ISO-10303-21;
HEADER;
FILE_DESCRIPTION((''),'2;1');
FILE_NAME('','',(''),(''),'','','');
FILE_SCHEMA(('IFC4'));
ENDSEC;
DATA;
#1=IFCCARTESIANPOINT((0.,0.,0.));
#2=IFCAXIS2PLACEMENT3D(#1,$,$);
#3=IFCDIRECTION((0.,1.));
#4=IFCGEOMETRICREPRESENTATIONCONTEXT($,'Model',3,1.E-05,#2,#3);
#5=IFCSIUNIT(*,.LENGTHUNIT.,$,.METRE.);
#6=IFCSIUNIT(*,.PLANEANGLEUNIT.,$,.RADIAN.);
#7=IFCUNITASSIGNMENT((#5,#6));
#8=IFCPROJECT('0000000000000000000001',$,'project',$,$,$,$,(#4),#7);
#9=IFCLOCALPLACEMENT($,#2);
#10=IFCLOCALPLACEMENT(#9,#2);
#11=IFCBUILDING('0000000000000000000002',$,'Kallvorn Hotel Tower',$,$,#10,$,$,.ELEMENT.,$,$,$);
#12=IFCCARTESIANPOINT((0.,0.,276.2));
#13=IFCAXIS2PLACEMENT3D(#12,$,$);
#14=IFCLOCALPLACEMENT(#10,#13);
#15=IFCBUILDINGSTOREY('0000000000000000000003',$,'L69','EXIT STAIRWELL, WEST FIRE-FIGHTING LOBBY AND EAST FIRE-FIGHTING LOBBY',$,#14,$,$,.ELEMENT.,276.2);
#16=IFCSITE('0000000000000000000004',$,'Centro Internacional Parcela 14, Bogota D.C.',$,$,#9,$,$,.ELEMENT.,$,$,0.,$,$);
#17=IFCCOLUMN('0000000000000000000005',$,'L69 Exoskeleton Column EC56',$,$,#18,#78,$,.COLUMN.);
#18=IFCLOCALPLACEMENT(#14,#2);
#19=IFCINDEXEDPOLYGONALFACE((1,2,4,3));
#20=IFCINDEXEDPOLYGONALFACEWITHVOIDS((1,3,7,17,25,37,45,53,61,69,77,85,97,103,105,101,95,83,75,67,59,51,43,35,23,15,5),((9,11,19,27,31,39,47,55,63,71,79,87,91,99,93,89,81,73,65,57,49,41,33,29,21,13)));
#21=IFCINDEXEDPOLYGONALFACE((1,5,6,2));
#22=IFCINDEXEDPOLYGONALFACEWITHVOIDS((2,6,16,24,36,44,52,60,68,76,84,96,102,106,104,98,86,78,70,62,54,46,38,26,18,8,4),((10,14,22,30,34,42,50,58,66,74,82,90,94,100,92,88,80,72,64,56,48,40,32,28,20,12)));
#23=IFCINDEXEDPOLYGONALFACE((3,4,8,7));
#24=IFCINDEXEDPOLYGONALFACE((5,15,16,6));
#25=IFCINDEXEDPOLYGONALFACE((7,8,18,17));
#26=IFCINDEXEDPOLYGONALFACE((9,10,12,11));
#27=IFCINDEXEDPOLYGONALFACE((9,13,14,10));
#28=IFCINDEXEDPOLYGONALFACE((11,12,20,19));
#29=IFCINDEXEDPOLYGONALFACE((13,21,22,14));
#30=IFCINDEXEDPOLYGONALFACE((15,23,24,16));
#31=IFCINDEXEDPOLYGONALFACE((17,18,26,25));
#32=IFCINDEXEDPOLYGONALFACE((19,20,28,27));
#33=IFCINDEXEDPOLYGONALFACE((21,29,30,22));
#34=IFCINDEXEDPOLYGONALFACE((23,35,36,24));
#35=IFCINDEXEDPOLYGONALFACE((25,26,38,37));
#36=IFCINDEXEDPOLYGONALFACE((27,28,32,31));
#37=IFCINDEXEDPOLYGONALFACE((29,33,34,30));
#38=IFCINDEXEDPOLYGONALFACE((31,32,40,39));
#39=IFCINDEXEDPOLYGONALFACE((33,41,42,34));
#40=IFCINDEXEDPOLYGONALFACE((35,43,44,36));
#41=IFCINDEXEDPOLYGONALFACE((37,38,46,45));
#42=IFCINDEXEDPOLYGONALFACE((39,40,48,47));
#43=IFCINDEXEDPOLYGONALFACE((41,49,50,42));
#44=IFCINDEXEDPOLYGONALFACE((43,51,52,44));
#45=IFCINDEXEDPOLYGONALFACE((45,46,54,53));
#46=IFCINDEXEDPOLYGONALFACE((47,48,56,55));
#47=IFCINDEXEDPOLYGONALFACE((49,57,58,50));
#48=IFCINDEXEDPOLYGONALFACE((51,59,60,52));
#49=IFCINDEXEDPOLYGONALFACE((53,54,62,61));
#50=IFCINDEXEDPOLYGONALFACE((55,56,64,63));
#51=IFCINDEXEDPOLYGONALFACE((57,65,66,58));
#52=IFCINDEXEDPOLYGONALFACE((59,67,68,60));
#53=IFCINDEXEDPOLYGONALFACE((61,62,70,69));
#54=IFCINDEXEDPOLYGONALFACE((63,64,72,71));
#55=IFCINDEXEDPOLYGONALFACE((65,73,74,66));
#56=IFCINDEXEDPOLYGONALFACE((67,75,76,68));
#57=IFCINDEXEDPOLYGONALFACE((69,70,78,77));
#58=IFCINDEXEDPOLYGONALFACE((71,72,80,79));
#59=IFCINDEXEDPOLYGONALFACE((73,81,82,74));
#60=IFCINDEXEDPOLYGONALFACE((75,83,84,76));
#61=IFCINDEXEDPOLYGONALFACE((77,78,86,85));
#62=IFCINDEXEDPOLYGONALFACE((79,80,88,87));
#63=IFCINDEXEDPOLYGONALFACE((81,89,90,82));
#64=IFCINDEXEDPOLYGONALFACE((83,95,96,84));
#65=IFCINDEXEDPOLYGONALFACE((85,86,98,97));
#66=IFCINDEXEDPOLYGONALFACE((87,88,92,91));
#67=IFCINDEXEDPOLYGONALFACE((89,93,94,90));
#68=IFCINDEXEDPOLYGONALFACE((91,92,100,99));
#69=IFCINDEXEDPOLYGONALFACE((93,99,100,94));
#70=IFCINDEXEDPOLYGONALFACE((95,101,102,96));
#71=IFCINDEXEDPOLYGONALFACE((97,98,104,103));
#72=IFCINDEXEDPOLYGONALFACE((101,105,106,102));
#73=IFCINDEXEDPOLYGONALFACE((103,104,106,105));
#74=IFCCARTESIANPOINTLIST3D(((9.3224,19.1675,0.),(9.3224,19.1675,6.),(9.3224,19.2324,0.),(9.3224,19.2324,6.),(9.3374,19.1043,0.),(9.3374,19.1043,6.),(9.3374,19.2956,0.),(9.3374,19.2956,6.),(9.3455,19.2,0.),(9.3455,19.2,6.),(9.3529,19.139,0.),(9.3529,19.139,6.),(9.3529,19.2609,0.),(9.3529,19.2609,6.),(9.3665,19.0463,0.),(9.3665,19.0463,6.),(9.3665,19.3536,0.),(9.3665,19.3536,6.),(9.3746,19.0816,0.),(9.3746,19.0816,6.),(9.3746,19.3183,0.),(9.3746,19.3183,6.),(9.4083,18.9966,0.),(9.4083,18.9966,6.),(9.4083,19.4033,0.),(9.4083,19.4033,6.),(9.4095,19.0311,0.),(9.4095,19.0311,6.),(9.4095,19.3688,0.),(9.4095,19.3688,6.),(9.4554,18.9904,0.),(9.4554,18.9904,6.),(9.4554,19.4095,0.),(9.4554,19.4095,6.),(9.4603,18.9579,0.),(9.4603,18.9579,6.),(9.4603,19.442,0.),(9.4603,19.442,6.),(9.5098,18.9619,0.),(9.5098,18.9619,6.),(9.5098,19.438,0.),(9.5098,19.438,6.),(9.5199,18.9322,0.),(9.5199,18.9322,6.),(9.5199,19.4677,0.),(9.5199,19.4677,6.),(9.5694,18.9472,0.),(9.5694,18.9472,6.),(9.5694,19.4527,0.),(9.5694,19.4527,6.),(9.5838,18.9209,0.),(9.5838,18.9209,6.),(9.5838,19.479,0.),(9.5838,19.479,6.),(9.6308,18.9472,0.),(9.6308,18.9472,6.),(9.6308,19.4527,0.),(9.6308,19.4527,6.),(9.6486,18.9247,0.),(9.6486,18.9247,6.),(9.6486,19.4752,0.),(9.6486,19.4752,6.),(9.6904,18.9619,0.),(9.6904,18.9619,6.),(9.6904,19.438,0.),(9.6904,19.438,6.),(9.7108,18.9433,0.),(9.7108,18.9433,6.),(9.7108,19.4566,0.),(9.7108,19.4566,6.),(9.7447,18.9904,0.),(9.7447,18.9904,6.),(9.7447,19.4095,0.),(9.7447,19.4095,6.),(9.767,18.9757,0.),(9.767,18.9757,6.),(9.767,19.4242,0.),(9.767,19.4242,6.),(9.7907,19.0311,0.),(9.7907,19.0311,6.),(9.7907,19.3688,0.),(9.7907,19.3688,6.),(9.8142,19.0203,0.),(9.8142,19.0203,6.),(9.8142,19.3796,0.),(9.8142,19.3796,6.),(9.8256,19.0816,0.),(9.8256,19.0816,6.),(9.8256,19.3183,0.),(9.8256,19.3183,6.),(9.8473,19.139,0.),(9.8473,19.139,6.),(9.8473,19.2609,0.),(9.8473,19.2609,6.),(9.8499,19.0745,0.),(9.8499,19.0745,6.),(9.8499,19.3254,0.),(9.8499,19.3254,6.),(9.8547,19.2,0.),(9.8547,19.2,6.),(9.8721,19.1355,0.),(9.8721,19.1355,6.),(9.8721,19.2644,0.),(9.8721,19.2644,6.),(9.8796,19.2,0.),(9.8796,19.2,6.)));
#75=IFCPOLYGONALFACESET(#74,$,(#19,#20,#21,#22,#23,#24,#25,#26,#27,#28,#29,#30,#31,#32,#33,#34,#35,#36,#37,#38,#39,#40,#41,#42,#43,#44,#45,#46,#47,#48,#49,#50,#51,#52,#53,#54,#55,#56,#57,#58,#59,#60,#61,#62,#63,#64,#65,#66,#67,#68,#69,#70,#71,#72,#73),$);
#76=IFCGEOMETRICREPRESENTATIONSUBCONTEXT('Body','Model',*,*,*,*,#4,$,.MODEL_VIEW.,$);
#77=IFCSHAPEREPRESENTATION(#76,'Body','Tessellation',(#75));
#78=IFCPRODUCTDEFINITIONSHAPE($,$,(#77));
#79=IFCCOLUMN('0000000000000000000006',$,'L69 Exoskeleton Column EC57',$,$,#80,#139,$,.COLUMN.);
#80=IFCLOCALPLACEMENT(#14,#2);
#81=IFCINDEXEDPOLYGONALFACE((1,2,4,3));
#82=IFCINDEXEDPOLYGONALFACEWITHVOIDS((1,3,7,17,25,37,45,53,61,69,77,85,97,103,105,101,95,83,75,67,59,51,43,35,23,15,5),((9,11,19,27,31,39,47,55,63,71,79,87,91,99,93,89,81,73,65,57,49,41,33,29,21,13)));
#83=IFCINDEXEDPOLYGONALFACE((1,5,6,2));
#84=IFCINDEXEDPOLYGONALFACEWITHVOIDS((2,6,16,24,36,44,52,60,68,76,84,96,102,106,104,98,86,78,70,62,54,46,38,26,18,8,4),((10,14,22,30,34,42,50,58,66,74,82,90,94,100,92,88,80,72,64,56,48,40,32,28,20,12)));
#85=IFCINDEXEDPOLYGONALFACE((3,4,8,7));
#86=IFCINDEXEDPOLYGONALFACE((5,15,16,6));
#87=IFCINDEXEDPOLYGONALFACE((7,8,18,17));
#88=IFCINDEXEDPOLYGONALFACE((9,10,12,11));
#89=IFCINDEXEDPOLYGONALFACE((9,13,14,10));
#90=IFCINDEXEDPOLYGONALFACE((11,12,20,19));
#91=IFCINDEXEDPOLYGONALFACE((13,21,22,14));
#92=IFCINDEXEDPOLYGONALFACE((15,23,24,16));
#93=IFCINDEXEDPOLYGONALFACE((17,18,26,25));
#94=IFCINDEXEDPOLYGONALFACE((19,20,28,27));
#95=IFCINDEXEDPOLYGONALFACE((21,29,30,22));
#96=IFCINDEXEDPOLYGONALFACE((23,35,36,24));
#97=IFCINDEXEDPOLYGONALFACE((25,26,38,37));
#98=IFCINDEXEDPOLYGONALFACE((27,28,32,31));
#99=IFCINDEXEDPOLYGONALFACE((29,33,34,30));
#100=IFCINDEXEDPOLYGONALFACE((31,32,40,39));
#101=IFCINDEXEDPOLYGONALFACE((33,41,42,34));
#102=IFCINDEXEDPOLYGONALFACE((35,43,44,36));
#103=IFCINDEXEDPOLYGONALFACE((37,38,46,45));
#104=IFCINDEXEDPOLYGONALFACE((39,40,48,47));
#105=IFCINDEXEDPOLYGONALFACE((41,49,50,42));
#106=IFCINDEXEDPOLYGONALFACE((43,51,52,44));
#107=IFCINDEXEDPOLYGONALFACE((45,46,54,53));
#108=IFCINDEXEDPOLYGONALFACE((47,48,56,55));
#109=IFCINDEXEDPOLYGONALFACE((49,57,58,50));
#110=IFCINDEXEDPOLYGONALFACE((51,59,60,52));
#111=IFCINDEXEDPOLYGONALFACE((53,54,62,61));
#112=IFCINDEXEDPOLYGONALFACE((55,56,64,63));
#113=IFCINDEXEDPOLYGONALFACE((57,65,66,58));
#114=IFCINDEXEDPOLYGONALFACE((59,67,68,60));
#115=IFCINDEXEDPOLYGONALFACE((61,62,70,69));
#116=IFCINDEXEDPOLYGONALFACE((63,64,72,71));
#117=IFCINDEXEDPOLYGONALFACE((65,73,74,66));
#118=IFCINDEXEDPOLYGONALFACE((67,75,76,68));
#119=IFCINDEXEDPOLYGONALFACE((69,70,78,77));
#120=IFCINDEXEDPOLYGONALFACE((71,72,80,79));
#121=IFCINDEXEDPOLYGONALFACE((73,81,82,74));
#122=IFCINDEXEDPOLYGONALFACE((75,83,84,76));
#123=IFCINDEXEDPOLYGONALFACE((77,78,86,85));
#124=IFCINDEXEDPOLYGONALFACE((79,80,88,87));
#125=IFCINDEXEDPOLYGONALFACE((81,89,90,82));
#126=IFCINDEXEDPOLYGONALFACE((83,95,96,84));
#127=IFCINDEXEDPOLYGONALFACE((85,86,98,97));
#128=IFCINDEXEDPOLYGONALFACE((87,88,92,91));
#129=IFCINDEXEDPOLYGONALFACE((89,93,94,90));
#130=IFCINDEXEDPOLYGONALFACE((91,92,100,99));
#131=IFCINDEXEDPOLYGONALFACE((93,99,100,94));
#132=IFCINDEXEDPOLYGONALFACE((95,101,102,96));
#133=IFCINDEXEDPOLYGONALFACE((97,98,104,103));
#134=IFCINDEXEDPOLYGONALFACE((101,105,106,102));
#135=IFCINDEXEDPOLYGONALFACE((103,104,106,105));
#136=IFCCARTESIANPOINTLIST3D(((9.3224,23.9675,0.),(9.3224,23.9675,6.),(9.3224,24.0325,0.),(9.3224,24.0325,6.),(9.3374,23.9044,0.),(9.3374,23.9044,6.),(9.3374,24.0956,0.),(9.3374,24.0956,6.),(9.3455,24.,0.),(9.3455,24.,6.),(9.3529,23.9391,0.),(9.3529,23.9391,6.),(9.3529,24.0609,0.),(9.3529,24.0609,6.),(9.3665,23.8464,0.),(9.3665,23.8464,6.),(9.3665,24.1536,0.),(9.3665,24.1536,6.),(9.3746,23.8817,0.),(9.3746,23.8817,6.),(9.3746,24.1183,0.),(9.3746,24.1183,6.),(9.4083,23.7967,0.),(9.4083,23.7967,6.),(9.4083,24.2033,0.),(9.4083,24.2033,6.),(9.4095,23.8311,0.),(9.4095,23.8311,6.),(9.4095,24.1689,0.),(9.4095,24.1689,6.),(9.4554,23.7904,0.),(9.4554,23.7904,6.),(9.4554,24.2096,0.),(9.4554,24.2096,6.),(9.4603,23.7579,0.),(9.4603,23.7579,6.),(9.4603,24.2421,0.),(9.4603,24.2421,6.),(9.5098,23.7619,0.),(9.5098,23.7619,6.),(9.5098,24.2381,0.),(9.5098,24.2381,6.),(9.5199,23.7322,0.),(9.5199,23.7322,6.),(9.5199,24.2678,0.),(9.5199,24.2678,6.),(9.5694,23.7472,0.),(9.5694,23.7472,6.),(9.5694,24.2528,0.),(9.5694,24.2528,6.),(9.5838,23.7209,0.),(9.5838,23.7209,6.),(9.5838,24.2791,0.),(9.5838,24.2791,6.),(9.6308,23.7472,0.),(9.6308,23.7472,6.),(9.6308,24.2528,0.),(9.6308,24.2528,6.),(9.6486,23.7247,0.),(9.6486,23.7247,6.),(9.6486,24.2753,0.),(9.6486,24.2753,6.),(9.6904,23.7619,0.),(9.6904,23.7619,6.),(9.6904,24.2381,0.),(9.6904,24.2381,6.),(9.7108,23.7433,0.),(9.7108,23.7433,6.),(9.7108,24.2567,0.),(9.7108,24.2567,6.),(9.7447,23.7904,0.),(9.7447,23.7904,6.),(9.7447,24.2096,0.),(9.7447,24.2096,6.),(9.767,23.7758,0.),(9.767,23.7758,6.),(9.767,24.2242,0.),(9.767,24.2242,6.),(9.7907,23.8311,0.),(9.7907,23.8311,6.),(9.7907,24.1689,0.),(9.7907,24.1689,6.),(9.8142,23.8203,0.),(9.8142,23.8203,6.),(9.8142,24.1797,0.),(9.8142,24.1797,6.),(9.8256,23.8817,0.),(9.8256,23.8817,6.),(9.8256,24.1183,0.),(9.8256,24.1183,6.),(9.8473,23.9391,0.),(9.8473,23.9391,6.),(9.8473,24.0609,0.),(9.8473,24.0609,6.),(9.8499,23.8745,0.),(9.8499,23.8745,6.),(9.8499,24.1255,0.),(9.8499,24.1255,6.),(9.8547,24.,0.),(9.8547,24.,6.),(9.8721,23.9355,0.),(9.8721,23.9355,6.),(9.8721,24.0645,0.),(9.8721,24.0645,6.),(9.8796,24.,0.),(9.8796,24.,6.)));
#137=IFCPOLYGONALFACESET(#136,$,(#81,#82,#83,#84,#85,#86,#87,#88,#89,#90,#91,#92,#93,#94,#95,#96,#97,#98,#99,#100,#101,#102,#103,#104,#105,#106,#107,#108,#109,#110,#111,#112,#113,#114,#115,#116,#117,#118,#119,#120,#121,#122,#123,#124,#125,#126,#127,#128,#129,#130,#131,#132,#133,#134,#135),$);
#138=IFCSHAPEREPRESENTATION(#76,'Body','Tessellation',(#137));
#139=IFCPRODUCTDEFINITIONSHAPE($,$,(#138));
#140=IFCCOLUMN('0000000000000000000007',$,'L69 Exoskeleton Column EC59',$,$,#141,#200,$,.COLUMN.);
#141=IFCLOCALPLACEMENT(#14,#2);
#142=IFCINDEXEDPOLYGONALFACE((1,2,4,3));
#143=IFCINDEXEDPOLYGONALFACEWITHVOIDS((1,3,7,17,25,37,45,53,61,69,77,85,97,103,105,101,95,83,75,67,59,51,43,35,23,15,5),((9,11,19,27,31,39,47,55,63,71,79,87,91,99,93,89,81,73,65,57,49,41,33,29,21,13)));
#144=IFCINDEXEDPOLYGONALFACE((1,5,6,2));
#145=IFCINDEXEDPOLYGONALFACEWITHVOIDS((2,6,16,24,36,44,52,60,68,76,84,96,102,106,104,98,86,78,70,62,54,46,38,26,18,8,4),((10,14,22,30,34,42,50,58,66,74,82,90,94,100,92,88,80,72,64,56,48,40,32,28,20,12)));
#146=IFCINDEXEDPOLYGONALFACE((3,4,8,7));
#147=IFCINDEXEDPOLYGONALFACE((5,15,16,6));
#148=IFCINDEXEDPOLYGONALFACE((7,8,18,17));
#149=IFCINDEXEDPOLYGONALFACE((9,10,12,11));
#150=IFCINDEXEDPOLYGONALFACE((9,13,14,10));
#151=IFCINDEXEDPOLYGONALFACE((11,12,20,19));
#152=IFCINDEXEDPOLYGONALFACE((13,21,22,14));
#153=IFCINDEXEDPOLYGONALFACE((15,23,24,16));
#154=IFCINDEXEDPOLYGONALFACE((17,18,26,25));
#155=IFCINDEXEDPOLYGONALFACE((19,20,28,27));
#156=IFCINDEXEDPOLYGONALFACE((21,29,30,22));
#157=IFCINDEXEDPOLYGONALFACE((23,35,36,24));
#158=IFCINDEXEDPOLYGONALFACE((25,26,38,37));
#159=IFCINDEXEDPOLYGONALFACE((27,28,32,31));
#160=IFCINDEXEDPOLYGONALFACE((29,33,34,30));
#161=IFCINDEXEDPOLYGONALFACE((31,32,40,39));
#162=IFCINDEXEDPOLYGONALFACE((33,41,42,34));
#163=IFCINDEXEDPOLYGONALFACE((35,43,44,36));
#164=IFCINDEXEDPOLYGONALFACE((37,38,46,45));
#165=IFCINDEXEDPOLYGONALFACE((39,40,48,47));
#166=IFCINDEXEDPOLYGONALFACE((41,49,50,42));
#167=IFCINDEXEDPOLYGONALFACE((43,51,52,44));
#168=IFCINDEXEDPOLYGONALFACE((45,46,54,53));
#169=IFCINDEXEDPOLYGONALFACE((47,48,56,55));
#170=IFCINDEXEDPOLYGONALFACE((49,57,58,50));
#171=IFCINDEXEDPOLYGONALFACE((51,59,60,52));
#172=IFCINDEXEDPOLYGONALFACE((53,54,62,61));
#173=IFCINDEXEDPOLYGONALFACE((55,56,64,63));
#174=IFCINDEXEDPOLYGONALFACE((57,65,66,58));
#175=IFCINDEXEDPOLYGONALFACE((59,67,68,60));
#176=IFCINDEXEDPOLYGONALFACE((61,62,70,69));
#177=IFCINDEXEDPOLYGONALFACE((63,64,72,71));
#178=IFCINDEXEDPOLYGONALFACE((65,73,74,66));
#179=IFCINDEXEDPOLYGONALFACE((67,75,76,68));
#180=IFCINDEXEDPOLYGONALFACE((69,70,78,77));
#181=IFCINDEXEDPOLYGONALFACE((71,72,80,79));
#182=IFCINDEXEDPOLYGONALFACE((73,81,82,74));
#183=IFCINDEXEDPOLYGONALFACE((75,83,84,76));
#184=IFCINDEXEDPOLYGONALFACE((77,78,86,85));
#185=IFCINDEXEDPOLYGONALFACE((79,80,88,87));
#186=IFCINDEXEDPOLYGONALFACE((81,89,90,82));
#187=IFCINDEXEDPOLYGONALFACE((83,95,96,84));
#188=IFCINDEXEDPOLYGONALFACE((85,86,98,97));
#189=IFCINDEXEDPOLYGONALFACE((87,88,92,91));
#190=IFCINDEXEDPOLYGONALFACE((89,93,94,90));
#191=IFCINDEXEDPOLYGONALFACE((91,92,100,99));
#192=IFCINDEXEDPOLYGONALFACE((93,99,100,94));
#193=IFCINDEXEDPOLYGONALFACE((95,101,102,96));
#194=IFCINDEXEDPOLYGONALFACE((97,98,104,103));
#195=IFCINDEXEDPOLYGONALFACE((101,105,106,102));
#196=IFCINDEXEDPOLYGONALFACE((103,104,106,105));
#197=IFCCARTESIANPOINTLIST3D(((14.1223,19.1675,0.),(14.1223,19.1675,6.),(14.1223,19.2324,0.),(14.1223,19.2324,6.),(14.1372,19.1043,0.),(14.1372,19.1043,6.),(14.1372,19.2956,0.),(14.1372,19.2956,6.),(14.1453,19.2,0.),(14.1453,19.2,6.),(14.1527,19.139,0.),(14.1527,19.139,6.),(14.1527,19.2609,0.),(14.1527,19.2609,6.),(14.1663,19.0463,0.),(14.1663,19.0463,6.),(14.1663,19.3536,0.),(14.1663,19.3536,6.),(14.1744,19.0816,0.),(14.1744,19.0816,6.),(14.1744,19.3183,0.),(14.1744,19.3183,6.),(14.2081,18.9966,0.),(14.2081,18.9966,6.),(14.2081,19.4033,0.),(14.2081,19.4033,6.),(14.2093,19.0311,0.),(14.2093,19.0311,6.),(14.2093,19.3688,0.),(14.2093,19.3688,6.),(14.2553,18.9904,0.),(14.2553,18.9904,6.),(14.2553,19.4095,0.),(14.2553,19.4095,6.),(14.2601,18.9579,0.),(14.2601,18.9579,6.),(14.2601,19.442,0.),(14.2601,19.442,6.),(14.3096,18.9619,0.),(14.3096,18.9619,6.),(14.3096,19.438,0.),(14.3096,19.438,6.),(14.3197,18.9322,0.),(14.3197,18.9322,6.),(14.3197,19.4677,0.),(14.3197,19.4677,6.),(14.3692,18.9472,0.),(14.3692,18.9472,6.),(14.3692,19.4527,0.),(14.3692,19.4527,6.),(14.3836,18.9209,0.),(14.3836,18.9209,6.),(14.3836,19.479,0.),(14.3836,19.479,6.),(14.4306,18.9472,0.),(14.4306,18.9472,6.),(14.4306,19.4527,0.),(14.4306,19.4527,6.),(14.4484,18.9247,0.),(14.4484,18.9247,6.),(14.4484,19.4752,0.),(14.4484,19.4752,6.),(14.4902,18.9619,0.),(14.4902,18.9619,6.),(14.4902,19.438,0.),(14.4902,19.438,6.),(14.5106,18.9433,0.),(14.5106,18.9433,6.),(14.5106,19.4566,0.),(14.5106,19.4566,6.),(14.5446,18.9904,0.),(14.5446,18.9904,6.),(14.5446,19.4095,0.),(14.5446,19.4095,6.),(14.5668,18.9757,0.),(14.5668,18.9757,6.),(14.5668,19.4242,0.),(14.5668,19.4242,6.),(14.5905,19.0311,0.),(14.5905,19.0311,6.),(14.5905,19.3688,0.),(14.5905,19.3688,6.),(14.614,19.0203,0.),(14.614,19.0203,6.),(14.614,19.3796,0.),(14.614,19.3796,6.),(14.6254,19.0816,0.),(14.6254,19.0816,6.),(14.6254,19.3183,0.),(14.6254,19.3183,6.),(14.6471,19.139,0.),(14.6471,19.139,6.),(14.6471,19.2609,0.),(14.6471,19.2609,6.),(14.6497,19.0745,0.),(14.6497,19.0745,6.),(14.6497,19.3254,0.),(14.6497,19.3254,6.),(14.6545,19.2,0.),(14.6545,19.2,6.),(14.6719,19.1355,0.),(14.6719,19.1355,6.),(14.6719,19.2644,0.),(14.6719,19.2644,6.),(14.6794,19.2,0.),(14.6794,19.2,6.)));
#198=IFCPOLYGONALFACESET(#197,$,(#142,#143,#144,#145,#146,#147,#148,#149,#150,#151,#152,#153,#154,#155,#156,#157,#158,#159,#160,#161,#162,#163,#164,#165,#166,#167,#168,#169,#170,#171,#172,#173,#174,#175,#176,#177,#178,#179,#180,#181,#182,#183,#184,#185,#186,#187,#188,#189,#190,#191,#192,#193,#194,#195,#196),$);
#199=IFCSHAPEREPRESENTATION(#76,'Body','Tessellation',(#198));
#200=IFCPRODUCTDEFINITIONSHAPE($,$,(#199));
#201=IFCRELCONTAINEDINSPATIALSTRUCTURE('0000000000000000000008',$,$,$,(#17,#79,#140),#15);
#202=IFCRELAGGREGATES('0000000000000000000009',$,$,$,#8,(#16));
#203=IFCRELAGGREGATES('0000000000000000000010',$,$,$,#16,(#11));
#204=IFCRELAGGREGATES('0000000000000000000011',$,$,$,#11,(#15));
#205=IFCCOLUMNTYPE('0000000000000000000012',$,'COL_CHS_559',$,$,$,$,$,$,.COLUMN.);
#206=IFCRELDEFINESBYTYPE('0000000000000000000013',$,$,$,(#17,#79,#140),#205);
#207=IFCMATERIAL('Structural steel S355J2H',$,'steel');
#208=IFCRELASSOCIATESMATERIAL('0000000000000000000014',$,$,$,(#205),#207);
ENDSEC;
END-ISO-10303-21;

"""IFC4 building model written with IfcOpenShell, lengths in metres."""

from ifc_helpers import new_model, si_unit, direction, frame, origin, origin_2d, place, context, subcontext, project, spatial, hollow_circle, extrude, material, material_profile, profile_set, type_object, element, save


model = new_model("IFC4")

# Units and contexts
model_context = context("Model", 3, precision=1e-05, world=origin(), true_north=direction((0.0, 1.0)))
body_context = subcontext(model_context, "Body", "Model", "MODEL_VIEW")
ifc_project = project(units=[si_unit("LENGTHUNIT", "METRE"), si_unit("PLANEANGLEUNIT", "RADIAN")], contexts=[model_context])

# Site, building, storey
site_placement = place(None, origin())
site = spatial("IfcSite", under=ifc_project, at=site_placement, Name="Centro Internacional Parcela 14, Bogota D.C.", CompositionType="ELEMENT", RefElevation=0.0)
building_placement = place(site_placement, origin())
building = spatial("IfcBuilding", under=site, at=building_placement, Name="Kallvorn Hotel Tower", CompositionType="ELEMENT")
storey_placement = place(building_placement, frame((0.0, 0.0, 276.2)))
storey = spatial("IfcBuildingStorey", under=building, at=storey_placement, Name="L69", Description="EXIT STAIRWELL, WEST FIRE-FIGHTING LOBBY AND EAST FIRE-FIGHTING LOBBY", CompositionType="ELEMENT", Elevation=276.2)

# Columns
ifc_material_1 = material(Name="Structural steel S355J2H", Category="steel")
ifc_material_profile_1 = material_profile(ifc_material_1, hollow_circle(Radius=0.2795, WallThickness=0.0249, at=origin_2d()), Name="CHS 559x25")
ifc_profile_set_1 = profile_set([ifc_material_profile_1], Name="Structural steel S355J2H")
column_type_1 = type_object("IfcColumnType", Name="COL_CHS_559", PredefinedType="COLUMN", material=ifc_profile_set_1)
for number, where, z_axis, x_axis, name in (
    (1, (9.6001, 19.2, 0.0), (0.0, 0.0, 1.0), (1.0, 0.0, 0.0), "L69 Exoskeleton Column EC56"),
    (2, (9.6001, 24.0, 0.0), (0.0, 0.0, 1.0), (1.0, 0.0, 0.0), "L69 Exoskeleton Column EC57"),
    (3, (14.3999, 19.2, 0.0), (0.0, 0.0, 1.0), (1.0, 0.0, 0.0), "L69 Exoskeleton Column EC59"),
):
    element("IfcColumn", number, at=place(storey_placement, frame(where, z_axis=z_axis, x_axis=x_axis)), inside=storey, type_object=column_type_1, Name=name, PredefinedType="COLUMN", context=body_context, shape_type="SweptSolid", body=[
        extrude(hollow_circle(Radius=0.2795, WallThickness=0.0249, at=origin_2d()), origin(), (0.0, 0.0, 1.0), 6.0),
    ])

save(model, "model.ifc")
